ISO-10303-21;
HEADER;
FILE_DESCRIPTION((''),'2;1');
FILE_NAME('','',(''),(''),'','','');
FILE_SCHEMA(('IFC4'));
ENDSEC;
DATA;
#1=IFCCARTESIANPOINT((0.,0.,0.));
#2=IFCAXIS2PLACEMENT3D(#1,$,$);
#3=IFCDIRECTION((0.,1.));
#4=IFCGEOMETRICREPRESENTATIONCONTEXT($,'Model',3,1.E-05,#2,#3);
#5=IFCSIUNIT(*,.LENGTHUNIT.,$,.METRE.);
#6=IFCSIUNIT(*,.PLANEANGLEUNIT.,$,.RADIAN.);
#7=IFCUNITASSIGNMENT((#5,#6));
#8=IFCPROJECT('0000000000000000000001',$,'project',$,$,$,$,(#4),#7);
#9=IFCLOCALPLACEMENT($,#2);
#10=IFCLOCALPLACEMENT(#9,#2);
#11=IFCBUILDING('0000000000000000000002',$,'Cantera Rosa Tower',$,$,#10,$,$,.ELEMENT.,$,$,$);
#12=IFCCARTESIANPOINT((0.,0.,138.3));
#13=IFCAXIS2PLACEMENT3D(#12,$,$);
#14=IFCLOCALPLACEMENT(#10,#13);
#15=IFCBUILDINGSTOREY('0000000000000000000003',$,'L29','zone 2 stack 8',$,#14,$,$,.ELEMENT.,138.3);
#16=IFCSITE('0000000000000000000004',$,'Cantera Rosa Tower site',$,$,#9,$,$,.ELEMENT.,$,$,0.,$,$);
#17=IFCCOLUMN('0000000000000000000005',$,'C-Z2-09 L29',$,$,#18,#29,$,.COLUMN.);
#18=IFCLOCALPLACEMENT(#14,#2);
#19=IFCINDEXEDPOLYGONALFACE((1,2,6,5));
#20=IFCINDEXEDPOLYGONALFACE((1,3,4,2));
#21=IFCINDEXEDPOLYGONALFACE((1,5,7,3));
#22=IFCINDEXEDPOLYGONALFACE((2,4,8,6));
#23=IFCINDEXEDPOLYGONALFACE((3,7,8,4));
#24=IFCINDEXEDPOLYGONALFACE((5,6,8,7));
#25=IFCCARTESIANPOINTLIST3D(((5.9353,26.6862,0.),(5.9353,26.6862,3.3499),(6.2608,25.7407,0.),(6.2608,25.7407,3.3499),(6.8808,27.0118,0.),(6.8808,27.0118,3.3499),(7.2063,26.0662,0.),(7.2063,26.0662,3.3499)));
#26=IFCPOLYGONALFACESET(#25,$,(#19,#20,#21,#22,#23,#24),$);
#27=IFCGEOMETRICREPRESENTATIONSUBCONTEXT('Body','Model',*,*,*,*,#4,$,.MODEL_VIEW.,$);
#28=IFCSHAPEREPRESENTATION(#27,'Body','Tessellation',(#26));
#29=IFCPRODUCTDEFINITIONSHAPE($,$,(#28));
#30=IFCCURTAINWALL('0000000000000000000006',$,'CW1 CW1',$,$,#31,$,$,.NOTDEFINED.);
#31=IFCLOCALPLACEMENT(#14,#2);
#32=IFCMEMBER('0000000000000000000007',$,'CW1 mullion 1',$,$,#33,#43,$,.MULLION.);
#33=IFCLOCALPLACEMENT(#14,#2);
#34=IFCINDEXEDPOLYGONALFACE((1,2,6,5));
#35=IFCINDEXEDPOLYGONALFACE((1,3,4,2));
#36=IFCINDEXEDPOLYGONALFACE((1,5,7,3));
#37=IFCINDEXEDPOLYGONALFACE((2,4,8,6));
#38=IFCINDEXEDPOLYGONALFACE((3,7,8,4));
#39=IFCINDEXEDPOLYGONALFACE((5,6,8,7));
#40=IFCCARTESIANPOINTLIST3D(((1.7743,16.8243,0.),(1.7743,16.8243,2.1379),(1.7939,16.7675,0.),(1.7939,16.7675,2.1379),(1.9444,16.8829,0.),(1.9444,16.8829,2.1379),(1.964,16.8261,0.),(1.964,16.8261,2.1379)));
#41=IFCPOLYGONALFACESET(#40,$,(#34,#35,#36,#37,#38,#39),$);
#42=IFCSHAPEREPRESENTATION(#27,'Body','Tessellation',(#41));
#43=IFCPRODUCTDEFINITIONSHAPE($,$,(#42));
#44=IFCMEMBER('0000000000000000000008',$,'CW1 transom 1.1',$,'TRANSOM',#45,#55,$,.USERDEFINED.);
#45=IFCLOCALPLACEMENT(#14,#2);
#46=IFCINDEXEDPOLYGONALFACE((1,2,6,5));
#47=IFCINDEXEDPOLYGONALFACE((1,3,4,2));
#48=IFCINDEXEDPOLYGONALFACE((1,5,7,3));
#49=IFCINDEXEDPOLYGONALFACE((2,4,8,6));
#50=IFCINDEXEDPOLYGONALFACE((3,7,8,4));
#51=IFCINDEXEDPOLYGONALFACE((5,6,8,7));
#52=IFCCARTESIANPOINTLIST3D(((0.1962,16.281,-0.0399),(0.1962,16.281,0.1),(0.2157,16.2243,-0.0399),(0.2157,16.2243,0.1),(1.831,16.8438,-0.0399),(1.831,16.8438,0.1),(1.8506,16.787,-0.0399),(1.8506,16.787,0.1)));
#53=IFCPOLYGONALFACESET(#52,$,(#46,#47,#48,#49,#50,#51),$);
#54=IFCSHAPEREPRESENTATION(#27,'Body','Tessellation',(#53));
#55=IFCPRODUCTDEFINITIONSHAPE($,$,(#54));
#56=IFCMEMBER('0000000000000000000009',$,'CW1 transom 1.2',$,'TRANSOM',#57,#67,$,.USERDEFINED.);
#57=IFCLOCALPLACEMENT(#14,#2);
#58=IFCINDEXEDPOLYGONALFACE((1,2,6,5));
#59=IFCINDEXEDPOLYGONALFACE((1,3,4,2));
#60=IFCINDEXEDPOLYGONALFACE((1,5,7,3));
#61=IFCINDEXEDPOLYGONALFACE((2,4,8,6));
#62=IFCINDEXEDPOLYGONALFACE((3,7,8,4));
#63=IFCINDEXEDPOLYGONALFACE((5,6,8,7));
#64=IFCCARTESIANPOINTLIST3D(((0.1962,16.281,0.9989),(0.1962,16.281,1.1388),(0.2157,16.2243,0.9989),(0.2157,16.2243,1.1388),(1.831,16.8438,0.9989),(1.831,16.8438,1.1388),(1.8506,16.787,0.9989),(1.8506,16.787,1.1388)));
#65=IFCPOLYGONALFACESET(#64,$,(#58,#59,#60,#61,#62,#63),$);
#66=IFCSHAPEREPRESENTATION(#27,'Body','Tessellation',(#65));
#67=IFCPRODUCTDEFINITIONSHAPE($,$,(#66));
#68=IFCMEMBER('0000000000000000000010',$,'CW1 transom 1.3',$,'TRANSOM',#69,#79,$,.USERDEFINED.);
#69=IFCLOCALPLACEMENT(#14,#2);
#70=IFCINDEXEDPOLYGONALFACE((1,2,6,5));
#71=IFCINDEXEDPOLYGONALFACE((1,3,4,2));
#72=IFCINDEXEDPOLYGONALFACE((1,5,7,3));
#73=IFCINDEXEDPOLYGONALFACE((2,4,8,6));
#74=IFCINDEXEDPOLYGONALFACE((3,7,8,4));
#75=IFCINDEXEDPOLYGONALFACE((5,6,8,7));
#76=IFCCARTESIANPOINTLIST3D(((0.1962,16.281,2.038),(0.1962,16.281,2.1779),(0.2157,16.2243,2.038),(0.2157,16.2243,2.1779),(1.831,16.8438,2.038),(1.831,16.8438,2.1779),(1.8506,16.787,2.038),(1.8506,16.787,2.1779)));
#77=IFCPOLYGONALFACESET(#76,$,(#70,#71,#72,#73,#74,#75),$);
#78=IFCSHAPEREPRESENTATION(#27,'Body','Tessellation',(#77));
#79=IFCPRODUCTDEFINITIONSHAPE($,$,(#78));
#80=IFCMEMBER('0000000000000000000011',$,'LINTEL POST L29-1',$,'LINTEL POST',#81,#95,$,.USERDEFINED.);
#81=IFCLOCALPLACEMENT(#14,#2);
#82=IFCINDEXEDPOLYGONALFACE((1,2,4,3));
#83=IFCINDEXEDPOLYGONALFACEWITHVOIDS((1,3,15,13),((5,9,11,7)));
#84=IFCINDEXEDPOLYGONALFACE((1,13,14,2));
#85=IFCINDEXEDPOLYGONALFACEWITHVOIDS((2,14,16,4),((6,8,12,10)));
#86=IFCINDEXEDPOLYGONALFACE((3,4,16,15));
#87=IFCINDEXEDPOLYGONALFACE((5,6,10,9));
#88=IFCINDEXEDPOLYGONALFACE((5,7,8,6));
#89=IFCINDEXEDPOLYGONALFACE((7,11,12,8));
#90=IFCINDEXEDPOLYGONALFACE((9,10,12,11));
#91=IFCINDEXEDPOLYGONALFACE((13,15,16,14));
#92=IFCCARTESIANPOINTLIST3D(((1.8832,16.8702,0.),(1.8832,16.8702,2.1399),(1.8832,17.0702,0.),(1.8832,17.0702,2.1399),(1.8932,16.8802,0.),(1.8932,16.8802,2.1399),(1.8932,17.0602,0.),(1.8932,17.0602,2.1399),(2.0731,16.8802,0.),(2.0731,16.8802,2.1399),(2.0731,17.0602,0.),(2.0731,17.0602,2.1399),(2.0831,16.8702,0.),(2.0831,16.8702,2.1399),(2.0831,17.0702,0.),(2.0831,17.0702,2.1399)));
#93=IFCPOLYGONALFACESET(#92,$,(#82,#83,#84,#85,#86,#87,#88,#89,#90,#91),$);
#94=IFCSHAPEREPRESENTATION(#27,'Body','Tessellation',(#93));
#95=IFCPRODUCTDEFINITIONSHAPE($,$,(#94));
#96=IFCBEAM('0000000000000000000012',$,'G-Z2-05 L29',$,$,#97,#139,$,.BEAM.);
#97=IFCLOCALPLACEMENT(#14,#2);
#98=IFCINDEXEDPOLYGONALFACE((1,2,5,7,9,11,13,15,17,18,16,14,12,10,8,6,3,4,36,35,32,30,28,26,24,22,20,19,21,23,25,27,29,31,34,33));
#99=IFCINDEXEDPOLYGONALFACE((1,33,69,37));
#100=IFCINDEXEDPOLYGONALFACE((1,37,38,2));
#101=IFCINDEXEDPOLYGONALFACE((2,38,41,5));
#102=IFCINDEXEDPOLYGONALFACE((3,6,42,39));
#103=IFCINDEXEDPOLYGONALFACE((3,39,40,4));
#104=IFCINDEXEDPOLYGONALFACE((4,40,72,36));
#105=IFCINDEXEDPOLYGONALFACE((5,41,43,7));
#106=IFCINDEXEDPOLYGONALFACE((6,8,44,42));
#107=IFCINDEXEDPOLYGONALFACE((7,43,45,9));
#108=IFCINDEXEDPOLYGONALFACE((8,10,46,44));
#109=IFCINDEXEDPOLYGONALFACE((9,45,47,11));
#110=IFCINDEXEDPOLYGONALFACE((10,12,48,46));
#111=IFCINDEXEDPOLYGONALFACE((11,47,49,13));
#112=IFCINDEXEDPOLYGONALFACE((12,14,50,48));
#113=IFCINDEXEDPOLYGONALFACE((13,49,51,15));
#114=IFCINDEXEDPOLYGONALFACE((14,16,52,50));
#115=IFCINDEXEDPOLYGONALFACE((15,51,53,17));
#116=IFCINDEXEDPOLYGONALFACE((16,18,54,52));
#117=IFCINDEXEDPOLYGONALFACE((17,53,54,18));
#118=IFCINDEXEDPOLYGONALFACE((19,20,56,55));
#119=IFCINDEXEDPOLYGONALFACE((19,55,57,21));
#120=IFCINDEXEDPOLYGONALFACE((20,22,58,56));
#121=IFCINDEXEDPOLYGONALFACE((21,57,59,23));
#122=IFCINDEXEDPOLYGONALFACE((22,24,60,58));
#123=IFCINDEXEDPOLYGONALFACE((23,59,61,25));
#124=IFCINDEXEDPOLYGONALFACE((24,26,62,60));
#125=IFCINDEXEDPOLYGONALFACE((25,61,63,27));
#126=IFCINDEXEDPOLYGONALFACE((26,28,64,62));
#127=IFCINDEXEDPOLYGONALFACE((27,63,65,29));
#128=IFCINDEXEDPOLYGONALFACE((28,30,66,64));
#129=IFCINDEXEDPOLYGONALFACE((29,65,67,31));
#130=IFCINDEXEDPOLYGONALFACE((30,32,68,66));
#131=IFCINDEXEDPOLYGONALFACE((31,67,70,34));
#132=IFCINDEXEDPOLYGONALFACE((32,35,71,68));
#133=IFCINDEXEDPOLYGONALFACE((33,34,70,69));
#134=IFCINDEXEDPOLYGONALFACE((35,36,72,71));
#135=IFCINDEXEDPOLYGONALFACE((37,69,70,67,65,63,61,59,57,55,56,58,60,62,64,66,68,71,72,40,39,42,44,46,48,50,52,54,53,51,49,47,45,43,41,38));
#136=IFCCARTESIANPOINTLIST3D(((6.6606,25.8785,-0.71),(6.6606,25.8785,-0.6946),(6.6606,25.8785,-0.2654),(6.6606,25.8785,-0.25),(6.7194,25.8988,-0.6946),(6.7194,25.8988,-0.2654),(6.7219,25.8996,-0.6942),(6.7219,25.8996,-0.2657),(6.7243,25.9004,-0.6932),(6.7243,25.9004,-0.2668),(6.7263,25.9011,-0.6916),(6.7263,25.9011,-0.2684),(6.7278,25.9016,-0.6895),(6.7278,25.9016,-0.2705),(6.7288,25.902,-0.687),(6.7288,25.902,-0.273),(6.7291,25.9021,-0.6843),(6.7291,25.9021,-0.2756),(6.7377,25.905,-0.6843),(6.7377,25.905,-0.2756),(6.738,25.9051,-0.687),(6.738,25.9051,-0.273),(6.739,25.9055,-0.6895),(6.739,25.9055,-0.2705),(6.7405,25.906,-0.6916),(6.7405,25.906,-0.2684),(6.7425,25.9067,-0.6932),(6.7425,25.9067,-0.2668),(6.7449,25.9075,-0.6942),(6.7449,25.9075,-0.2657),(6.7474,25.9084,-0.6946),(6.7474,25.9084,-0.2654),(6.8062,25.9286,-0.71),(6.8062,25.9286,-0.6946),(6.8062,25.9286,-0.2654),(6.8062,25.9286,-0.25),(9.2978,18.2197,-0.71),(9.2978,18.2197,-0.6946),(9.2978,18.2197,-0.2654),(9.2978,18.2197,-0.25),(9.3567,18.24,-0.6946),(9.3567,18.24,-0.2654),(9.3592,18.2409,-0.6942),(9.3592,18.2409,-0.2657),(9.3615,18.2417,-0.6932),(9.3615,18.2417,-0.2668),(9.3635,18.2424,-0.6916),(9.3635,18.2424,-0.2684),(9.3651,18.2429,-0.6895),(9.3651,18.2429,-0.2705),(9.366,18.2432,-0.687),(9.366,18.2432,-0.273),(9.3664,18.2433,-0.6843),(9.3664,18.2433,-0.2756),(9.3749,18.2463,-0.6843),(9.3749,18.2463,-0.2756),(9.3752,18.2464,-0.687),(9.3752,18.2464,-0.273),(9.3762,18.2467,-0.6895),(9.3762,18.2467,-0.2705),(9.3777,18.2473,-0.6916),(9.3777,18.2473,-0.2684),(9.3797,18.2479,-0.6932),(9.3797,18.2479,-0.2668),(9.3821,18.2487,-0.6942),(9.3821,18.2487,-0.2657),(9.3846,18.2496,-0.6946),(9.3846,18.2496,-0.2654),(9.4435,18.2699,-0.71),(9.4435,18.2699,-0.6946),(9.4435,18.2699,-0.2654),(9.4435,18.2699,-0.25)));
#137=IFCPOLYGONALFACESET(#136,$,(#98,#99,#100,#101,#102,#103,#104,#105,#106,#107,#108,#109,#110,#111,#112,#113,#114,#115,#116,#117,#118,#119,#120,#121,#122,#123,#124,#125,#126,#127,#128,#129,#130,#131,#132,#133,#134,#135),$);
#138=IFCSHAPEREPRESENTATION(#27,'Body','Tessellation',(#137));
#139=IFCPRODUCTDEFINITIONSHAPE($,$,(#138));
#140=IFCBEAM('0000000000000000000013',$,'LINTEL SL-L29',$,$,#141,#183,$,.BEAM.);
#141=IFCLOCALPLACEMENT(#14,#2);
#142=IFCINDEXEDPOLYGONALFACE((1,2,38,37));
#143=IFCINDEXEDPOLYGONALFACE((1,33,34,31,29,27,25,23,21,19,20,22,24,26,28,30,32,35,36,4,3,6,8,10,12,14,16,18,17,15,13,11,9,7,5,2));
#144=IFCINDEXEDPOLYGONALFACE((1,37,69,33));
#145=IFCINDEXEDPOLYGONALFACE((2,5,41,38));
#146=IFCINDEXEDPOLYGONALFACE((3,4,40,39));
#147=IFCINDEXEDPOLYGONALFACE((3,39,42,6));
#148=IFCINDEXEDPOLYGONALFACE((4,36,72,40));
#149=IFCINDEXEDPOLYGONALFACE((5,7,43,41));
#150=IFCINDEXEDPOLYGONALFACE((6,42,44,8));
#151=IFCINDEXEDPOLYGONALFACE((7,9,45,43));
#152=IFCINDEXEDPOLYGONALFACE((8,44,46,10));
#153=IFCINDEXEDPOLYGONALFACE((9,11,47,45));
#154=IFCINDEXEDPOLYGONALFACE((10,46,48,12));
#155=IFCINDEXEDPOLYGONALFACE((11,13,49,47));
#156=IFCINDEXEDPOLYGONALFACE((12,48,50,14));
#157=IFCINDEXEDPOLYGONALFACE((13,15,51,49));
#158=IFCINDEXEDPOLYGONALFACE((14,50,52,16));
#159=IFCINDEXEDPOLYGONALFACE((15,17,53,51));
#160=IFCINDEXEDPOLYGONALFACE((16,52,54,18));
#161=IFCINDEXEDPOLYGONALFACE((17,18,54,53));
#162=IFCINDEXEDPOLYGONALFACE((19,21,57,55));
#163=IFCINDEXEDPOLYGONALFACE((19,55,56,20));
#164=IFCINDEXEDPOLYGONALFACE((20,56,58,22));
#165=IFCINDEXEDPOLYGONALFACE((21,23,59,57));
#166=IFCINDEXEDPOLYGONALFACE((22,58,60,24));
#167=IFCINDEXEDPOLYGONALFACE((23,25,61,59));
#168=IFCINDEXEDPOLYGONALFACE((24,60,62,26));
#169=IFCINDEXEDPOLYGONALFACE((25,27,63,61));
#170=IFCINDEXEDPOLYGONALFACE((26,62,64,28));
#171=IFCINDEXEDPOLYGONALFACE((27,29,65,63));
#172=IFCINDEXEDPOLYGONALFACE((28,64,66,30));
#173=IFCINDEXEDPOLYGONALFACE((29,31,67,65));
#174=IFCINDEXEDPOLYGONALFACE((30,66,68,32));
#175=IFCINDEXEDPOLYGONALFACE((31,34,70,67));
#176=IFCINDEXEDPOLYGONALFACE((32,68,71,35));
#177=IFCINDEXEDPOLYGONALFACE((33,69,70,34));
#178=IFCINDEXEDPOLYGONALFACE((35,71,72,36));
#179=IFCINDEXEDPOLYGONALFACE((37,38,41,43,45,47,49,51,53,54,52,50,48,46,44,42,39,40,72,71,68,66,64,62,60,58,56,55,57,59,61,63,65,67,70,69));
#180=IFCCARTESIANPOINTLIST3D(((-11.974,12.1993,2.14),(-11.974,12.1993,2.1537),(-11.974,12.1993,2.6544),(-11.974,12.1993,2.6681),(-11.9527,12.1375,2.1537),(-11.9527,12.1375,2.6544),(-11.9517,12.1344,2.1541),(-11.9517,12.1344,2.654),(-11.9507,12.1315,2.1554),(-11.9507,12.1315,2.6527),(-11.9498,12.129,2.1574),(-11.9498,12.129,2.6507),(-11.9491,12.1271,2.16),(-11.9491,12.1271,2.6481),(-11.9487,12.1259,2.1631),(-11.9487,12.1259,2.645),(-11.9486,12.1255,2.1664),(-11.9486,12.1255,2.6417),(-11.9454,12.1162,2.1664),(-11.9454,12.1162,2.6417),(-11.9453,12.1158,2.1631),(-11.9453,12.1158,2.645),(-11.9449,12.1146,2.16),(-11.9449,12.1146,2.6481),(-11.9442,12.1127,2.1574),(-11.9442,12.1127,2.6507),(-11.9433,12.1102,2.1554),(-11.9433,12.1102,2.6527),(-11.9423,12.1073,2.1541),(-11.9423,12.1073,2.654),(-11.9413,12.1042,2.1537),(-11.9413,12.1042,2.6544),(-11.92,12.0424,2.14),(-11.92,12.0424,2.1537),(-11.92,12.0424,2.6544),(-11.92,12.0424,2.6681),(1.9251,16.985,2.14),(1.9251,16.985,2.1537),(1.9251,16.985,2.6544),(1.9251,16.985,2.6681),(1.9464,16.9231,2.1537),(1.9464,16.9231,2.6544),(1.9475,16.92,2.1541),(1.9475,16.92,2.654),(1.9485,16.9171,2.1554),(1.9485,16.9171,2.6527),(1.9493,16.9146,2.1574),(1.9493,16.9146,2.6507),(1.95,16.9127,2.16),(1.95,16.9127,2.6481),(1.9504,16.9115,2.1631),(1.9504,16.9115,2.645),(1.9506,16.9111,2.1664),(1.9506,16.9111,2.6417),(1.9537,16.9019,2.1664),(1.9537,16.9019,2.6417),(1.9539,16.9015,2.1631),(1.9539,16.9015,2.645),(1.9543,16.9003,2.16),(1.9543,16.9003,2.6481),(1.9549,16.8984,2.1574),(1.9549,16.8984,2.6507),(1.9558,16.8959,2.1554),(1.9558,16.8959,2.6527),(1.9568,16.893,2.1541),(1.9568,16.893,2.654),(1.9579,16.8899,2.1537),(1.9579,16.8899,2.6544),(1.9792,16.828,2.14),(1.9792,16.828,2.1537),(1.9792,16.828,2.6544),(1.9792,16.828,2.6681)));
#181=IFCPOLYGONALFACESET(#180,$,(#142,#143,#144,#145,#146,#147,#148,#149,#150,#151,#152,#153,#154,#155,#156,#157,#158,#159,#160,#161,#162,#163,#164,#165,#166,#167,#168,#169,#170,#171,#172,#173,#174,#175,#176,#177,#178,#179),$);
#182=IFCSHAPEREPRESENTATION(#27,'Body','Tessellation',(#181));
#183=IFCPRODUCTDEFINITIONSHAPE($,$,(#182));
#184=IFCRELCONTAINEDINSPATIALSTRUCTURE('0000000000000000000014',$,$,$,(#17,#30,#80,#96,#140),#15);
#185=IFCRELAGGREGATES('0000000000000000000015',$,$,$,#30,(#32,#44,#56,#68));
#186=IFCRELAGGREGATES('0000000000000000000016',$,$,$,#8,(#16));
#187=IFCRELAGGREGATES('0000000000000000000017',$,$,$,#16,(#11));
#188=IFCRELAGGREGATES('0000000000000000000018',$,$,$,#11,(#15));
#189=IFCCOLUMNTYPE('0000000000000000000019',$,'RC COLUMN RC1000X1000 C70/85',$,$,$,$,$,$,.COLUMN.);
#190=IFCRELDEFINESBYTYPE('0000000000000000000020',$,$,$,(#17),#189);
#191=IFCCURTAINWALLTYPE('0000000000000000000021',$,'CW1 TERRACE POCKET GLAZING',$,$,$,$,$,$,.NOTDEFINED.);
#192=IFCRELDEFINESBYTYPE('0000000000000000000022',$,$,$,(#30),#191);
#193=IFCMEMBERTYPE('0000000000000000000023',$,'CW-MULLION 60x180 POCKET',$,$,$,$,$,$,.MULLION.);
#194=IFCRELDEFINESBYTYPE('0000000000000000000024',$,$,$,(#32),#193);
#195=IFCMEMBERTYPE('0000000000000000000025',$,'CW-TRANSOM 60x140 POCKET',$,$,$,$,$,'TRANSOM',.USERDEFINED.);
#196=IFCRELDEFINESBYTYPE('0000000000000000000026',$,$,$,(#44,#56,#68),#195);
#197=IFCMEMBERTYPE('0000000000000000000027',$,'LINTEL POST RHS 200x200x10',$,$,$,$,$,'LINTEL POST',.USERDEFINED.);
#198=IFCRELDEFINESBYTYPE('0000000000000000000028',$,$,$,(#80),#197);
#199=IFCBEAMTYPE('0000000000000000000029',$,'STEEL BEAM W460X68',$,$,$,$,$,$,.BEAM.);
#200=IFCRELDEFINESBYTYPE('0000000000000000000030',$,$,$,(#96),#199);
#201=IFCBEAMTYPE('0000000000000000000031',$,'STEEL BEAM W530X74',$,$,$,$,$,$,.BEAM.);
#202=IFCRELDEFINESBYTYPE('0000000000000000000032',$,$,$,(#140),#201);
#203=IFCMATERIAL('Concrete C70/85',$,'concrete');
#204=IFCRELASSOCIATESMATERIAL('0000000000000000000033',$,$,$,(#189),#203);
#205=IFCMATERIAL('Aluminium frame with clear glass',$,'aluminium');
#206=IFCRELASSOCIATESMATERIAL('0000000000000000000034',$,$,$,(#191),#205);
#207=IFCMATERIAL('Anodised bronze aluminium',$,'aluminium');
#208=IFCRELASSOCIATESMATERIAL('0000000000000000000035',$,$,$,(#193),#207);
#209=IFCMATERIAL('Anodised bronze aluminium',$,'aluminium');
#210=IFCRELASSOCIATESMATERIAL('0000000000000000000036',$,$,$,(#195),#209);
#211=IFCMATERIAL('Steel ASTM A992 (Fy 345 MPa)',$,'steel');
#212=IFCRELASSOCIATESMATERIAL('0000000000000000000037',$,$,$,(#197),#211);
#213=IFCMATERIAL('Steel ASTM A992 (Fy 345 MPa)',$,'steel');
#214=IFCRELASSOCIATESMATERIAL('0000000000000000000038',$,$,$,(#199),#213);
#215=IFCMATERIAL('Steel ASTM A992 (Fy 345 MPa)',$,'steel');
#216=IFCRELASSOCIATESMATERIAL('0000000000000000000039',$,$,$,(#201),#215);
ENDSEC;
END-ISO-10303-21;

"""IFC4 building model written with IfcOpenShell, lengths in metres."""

from ifc_helpers import new_model, si_unit, direction, frame, origin, origin_2d, place, context, subcontext, project, spatial, rectangle, hollow_rectangle, i_section, extrude, material, material_profile, profile_set, type_object, element, aggregate, save


model = new_model("IFC4")

# Units and contexts
model_context = context("Model", 3, precision=1e-05, world=origin(), true_north=direction((0.0, 1.0)))
body_context = subcontext(model_context, "Body", "Model", "MODEL_VIEW")
ifc_project = project(units=[si_unit("LENGTHUNIT", "METRE"), si_unit("PLANEANGLEUNIT", "RADIAN")], contexts=[model_context])

# Site, building, storey
site_placement = place(None, origin())
site = spatial("IfcSite", under=ifc_project, at=site_placement, Name="Cantera Rosa Tower site", CompositionType="ELEMENT", RefElevation=0.0)
building_placement = place(site_placement, origin())
building = spatial("IfcBuilding", under=site, at=building_placement, Name="Cantera Rosa Tower", CompositionType="ELEMENT")
storey_placement = place(building_placement, frame((0.0, 0.0, 138.3)))
storey = spatial("IfcBuildingStorey", under=building, at=storey_placement, Name="L29", Description="zone 2 stack 8", CompositionType="ELEMENT", Elevation=138.3)

# Column
ifc_material_1 = material(Name="Concrete C70/85", Category="concrete")
ifc_material_profile_1 = material_profile(ifc_material_1, rectangle(XDim=1.0, YDim=1.0, at=origin_2d()), Name="RC COLUMN RC1000X1000 C70/85")
ifc_profile_set_1 = profile_set([ifc_material_profile_1], Name="Concrete C70/85")
column_type = type_object("IfcColumnType", Name="RC COLUMN RC1000X1000 C70/85", PredefinedType="COLUMN", material=ifc_profile_set_1)
column_placement = place(storey_placement, frame((6.5708, 26.3762, 0.0), z_axis=(0.0, 0.0, 1.0), x_axis=(0.945519, 0.325568, 0.0)))
element("IfcColumn", 1, at=column_placement, inside=storey, type_object=column_type, Name="C-Z2-09 L29", PredefinedType="COLUMN", context=body_context, shape_type="SweptSolid", body=[
    extrude(rectangle(XDim=1.0, YDim=1.0, at=origin_2d()), origin(), (0.0, 0.0, 1.0), 3.3499),
])

# Curtain wall, members
ifc_material_2 = material(Name="Aluminium frame with clear glass", Category="aluminium")
curtain_wall_type = type_object("IfcCurtainWallType", Name="CW1 TERRACE POCKET GLAZING", PredefinedType="NOTDEFINED", material=ifc_material_2)
curtain_wall_placement = place(storey_placement, origin())
curtain_wall = element("IfcCurtainWall", 2, at=curtain_wall_placement, inside=storey, type_object=curtain_wall_type, Name="CW1 CW1", PredefinedType="NOTDEFINED")
ifc_material_3 = material(Name="Anodised bronze aluminium", Category="aluminium")
ifc_material_profile_2 = material_profile(ifc_material_3, rectangle(XDim=0.0601, YDim=0.1799, at=origin_2d()), Name="CW-MULLION 60x180 POCKET")
ifc_profile_set_2 = profile_set([ifc_material_profile_2], Name="Anodised bronze aluminium")
member_type_1 = type_object("IfcMemberType", Name="CW-MULLION 60x180 POCKET", PredefinedType="MULLION", material=ifc_profile_set_2)
member_1_placement = place(storey_placement, frame((1.8691, 16.8252, 0.0), z_axis=(0.0, 0.0, 1.0), x_axis=(0.325568, -0.945519, 0.0)))
member_1 = element("IfcMember", 3, at=member_1_placement, type_object=member_type_1, Name="CW1 mullion 1", PredefinedType="MULLION", context=body_context, shape_type="SweptSolid", body=[
    extrude(rectangle(XDim=0.0601, YDim=0.1799, at=origin_2d()), origin(), (0.0, 0.0, 1.0), 2.1379),
])
ifc_material_4 = material(Name="Anodised bronze aluminium", Category="aluminium")
ifc_material_profile_3 = material_profile(ifc_material_4, rectangle(XDim=0.0601, YDim=0.1399, at=origin_2d()), Name="CW-TRANSOM 60x140 POCKET")
ifc_profile_set_3 = profile_set([ifc_material_profile_3], Name="Anodised bronze aluminium")
member_type_2 = type_object("IfcMemberType", Name="CW-TRANSOM 60x140 POCKET", ElementType="TRANSOM", PredefinedType="USERDEFINED", material=ifc_profile_set_3)
member_2_placement = place(storey_placement, frame((1.8408, 16.8154, 0.03), z_axis=(-0.945545, -0.32549, 0.0), x_axis=(0.32549, -0.945545, 0.0)))
member_2 = element("IfcMember", 4, at=member_2_placement, type_object=member_type_2, Name="CW1 transom 1.1", ObjectType="TRANSOM", PredefinedType="USERDEFINED", context=body_context, shape_type="SweptSolid", body=[
    extrude(rectangle(XDim=0.0601, YDim=0.1399, at=origin_2d()), origin(), (0.0, 0.0, 1.0), 1.729),
])
member_3_placement = place(storey_placement, frame((1.8408, 16.8154, 1.0688), z_axis=(-0.945545, -0.32549, 0.0), x_axis=(0.32549, -0.945545, 0.0)))
member_3 = element("IfcMember", 5, at=member_3_placement, type_object=member_type_2, Name="CW1 transom 1.2", ObjectType="TRANSOM", PredefinedType="USERDEFINED", context=body_context, shape_type="SweptSolid", body=[
    extrude(rectangle(XDim=0.0601, YDim=0.1399, at=origin_2d()), origin(), (0.0, 0.0, 1.0), 1.729),
])
member_4_placement = place(storey_placement, frame((1.8408, 16.8154, 2.1079), z_axis=(-0.945545, -0.32549, 0.0), x_axis=(0.32549, -0.945545, 0.0)))
member_4 = element("IfcMember", 6, at=member_4_placement, type_object=member_type_2, Name="CW1 transom 1.3", ObjectType="TRANSOM", PredefinedType="USERDEFINED", context=body_context, shape_type="SweptSolid", body=[
    extrude(rectangle(XDim=0.0601, YDim=0.1399, at=origin_2d()), origin(), (0.0, 0.0, 1.0), 1.729),
])

# Member
ifc_material_5 = material(Name="Steel ASTM A992 (Fy 345 MPa)", Category="steel")
ifc_material_profile_4 = material_profile(ifc_material_5, hollow_rectangle(XDim=0.2, YDim=0.2, WallThickness=0.01, at=origin_2d()), Name="LINTEL POST RHS 200x200x10")
ifc_profile_set_4 = profile_set([ifc_material_profile_4], Name="Steel ASTM A992 (Fy 345 MPa)")
member_type_3 = type_object("IfcMemberType", Name="LINTEL POST RHS 200x200x10", ElementType="LINTEL POST", PredefinedType="USERDEFINED", material=ifc_profile_set_4)
member_5_placement = place(storey_placement, frame((1.9832, 16.9702, 0.0), z_axis=(0.0, 0.0, 1.0), x_axis=(1.0, 0.0, 0.0)))
element("IfcMember", 7, at=member_5_placement, inside=storey, type_object=member_type_3, Name="LINTEL POST L29-1", ObjectType="LINTEL POST", PredefinedType="USERDEFINED", context=body_context, shape_type="SweptSolid", body=[
    extrude(hollow_rectangle(XDim=0.2, YDim=0.2, WallThickness=0.01, at=origin_2d()), origin(), (0.0, 0.0, 1.0), 2.1399),
])

# Beams
ifc_material_6 = material(Name="Steel ASTM A992 (Fy 345 MPa)", Category="steel")
ifc_material_profile_5 = material_profile(ifc_material_6, i_section(OverallWidth=0.1541, OverallDepth=0.46, WebThickness=0.009, FlangeThickness=0.0154, FilletRadius=0.0103, at=origin_2d()), Name="W460X68")
ifc_profile_set_5 = profile_set([ifc_material_profile_5], Name="Steel ASTM A992 (Fy 345 MPa)")
beam_type_1 = type_object("IfcBeamType", Name="STEEL BEAM W460X68", PredefinedType="BEAM", material=ifc_profile_set_5)
beam_1_placement = place(storey_placement, frame((6.7334, 25.9036, -0.48), z_axis=(0.32558, -0.945514, 0.0), x_axis=(0.945514, 0.32558, 0.0)))
element("IfcBeam", 8, at=beam_1_placement, inside=storey, type_object=beam_type_1, Name="G-Z2-05 L29", PredefinedType="BEAM", context=body_context, shape_type="SweptSolid", body=[
    extrude(i_section(OverallWidth=0.1541, OverallDepth=0.46, WebThickness=0.009, FlangeThickness=0.0154, FilletRadius=0.0103, at=origin_2d()), origin(), (0.0, 0.0, 1.0), 8.1001),
])
ifc_material_7 = material(Name="Steel ASTM A992 (Fy 345 MPa)", Category="steel")
ifc_material_profile_6 = material_profile(ifc_material_7, i_section(OverallWidth=0.166, OverallDepth=0.5281, WebThickness=0.0098, FlangeThickness=0.0137, FilletRadius=0.0127, at=origin_2d()), Name="W530X74")
ifc_profile_set_6 = profile_set([ifc_material_profile_6], Name="Steel ASTM A992 (Fy 345 MPa)")
beam_type_2 = type_object("IfcBeamType", Name="STEEL BEAM W530X74", PredefinedType="BEAM", material=ifc_profile_set_6)
beam_2_placement = place(storey_placement, frame((1.9521, 16.9065, 2.4041), z_axis=(-0.945523, -0.325555, 0.0), x_axis=(0.325555, -0.945523, 0.0)))
element("IfcBeam", 9, at=beam_2_placement, inside=storey, type_object=beam_type_2, Name="LINTEL SL-L29", PredefinedType="BEAM", context=body_context, shape_type="SweptSolid", body=[
    extrude(i_section(OverallWidth=0.166, OverallDepth=0.5281, WebThickness=0.0098, FlangeThickness=0.0137, FilletRadius=0.0127, at=origin_2d()), origin(), (0.0, 0.0, 1.0), 14.7),
])

aggregate(curtain_wall, [member_1, member_2, member_3, member_4])

save(model, "model.ifc")
